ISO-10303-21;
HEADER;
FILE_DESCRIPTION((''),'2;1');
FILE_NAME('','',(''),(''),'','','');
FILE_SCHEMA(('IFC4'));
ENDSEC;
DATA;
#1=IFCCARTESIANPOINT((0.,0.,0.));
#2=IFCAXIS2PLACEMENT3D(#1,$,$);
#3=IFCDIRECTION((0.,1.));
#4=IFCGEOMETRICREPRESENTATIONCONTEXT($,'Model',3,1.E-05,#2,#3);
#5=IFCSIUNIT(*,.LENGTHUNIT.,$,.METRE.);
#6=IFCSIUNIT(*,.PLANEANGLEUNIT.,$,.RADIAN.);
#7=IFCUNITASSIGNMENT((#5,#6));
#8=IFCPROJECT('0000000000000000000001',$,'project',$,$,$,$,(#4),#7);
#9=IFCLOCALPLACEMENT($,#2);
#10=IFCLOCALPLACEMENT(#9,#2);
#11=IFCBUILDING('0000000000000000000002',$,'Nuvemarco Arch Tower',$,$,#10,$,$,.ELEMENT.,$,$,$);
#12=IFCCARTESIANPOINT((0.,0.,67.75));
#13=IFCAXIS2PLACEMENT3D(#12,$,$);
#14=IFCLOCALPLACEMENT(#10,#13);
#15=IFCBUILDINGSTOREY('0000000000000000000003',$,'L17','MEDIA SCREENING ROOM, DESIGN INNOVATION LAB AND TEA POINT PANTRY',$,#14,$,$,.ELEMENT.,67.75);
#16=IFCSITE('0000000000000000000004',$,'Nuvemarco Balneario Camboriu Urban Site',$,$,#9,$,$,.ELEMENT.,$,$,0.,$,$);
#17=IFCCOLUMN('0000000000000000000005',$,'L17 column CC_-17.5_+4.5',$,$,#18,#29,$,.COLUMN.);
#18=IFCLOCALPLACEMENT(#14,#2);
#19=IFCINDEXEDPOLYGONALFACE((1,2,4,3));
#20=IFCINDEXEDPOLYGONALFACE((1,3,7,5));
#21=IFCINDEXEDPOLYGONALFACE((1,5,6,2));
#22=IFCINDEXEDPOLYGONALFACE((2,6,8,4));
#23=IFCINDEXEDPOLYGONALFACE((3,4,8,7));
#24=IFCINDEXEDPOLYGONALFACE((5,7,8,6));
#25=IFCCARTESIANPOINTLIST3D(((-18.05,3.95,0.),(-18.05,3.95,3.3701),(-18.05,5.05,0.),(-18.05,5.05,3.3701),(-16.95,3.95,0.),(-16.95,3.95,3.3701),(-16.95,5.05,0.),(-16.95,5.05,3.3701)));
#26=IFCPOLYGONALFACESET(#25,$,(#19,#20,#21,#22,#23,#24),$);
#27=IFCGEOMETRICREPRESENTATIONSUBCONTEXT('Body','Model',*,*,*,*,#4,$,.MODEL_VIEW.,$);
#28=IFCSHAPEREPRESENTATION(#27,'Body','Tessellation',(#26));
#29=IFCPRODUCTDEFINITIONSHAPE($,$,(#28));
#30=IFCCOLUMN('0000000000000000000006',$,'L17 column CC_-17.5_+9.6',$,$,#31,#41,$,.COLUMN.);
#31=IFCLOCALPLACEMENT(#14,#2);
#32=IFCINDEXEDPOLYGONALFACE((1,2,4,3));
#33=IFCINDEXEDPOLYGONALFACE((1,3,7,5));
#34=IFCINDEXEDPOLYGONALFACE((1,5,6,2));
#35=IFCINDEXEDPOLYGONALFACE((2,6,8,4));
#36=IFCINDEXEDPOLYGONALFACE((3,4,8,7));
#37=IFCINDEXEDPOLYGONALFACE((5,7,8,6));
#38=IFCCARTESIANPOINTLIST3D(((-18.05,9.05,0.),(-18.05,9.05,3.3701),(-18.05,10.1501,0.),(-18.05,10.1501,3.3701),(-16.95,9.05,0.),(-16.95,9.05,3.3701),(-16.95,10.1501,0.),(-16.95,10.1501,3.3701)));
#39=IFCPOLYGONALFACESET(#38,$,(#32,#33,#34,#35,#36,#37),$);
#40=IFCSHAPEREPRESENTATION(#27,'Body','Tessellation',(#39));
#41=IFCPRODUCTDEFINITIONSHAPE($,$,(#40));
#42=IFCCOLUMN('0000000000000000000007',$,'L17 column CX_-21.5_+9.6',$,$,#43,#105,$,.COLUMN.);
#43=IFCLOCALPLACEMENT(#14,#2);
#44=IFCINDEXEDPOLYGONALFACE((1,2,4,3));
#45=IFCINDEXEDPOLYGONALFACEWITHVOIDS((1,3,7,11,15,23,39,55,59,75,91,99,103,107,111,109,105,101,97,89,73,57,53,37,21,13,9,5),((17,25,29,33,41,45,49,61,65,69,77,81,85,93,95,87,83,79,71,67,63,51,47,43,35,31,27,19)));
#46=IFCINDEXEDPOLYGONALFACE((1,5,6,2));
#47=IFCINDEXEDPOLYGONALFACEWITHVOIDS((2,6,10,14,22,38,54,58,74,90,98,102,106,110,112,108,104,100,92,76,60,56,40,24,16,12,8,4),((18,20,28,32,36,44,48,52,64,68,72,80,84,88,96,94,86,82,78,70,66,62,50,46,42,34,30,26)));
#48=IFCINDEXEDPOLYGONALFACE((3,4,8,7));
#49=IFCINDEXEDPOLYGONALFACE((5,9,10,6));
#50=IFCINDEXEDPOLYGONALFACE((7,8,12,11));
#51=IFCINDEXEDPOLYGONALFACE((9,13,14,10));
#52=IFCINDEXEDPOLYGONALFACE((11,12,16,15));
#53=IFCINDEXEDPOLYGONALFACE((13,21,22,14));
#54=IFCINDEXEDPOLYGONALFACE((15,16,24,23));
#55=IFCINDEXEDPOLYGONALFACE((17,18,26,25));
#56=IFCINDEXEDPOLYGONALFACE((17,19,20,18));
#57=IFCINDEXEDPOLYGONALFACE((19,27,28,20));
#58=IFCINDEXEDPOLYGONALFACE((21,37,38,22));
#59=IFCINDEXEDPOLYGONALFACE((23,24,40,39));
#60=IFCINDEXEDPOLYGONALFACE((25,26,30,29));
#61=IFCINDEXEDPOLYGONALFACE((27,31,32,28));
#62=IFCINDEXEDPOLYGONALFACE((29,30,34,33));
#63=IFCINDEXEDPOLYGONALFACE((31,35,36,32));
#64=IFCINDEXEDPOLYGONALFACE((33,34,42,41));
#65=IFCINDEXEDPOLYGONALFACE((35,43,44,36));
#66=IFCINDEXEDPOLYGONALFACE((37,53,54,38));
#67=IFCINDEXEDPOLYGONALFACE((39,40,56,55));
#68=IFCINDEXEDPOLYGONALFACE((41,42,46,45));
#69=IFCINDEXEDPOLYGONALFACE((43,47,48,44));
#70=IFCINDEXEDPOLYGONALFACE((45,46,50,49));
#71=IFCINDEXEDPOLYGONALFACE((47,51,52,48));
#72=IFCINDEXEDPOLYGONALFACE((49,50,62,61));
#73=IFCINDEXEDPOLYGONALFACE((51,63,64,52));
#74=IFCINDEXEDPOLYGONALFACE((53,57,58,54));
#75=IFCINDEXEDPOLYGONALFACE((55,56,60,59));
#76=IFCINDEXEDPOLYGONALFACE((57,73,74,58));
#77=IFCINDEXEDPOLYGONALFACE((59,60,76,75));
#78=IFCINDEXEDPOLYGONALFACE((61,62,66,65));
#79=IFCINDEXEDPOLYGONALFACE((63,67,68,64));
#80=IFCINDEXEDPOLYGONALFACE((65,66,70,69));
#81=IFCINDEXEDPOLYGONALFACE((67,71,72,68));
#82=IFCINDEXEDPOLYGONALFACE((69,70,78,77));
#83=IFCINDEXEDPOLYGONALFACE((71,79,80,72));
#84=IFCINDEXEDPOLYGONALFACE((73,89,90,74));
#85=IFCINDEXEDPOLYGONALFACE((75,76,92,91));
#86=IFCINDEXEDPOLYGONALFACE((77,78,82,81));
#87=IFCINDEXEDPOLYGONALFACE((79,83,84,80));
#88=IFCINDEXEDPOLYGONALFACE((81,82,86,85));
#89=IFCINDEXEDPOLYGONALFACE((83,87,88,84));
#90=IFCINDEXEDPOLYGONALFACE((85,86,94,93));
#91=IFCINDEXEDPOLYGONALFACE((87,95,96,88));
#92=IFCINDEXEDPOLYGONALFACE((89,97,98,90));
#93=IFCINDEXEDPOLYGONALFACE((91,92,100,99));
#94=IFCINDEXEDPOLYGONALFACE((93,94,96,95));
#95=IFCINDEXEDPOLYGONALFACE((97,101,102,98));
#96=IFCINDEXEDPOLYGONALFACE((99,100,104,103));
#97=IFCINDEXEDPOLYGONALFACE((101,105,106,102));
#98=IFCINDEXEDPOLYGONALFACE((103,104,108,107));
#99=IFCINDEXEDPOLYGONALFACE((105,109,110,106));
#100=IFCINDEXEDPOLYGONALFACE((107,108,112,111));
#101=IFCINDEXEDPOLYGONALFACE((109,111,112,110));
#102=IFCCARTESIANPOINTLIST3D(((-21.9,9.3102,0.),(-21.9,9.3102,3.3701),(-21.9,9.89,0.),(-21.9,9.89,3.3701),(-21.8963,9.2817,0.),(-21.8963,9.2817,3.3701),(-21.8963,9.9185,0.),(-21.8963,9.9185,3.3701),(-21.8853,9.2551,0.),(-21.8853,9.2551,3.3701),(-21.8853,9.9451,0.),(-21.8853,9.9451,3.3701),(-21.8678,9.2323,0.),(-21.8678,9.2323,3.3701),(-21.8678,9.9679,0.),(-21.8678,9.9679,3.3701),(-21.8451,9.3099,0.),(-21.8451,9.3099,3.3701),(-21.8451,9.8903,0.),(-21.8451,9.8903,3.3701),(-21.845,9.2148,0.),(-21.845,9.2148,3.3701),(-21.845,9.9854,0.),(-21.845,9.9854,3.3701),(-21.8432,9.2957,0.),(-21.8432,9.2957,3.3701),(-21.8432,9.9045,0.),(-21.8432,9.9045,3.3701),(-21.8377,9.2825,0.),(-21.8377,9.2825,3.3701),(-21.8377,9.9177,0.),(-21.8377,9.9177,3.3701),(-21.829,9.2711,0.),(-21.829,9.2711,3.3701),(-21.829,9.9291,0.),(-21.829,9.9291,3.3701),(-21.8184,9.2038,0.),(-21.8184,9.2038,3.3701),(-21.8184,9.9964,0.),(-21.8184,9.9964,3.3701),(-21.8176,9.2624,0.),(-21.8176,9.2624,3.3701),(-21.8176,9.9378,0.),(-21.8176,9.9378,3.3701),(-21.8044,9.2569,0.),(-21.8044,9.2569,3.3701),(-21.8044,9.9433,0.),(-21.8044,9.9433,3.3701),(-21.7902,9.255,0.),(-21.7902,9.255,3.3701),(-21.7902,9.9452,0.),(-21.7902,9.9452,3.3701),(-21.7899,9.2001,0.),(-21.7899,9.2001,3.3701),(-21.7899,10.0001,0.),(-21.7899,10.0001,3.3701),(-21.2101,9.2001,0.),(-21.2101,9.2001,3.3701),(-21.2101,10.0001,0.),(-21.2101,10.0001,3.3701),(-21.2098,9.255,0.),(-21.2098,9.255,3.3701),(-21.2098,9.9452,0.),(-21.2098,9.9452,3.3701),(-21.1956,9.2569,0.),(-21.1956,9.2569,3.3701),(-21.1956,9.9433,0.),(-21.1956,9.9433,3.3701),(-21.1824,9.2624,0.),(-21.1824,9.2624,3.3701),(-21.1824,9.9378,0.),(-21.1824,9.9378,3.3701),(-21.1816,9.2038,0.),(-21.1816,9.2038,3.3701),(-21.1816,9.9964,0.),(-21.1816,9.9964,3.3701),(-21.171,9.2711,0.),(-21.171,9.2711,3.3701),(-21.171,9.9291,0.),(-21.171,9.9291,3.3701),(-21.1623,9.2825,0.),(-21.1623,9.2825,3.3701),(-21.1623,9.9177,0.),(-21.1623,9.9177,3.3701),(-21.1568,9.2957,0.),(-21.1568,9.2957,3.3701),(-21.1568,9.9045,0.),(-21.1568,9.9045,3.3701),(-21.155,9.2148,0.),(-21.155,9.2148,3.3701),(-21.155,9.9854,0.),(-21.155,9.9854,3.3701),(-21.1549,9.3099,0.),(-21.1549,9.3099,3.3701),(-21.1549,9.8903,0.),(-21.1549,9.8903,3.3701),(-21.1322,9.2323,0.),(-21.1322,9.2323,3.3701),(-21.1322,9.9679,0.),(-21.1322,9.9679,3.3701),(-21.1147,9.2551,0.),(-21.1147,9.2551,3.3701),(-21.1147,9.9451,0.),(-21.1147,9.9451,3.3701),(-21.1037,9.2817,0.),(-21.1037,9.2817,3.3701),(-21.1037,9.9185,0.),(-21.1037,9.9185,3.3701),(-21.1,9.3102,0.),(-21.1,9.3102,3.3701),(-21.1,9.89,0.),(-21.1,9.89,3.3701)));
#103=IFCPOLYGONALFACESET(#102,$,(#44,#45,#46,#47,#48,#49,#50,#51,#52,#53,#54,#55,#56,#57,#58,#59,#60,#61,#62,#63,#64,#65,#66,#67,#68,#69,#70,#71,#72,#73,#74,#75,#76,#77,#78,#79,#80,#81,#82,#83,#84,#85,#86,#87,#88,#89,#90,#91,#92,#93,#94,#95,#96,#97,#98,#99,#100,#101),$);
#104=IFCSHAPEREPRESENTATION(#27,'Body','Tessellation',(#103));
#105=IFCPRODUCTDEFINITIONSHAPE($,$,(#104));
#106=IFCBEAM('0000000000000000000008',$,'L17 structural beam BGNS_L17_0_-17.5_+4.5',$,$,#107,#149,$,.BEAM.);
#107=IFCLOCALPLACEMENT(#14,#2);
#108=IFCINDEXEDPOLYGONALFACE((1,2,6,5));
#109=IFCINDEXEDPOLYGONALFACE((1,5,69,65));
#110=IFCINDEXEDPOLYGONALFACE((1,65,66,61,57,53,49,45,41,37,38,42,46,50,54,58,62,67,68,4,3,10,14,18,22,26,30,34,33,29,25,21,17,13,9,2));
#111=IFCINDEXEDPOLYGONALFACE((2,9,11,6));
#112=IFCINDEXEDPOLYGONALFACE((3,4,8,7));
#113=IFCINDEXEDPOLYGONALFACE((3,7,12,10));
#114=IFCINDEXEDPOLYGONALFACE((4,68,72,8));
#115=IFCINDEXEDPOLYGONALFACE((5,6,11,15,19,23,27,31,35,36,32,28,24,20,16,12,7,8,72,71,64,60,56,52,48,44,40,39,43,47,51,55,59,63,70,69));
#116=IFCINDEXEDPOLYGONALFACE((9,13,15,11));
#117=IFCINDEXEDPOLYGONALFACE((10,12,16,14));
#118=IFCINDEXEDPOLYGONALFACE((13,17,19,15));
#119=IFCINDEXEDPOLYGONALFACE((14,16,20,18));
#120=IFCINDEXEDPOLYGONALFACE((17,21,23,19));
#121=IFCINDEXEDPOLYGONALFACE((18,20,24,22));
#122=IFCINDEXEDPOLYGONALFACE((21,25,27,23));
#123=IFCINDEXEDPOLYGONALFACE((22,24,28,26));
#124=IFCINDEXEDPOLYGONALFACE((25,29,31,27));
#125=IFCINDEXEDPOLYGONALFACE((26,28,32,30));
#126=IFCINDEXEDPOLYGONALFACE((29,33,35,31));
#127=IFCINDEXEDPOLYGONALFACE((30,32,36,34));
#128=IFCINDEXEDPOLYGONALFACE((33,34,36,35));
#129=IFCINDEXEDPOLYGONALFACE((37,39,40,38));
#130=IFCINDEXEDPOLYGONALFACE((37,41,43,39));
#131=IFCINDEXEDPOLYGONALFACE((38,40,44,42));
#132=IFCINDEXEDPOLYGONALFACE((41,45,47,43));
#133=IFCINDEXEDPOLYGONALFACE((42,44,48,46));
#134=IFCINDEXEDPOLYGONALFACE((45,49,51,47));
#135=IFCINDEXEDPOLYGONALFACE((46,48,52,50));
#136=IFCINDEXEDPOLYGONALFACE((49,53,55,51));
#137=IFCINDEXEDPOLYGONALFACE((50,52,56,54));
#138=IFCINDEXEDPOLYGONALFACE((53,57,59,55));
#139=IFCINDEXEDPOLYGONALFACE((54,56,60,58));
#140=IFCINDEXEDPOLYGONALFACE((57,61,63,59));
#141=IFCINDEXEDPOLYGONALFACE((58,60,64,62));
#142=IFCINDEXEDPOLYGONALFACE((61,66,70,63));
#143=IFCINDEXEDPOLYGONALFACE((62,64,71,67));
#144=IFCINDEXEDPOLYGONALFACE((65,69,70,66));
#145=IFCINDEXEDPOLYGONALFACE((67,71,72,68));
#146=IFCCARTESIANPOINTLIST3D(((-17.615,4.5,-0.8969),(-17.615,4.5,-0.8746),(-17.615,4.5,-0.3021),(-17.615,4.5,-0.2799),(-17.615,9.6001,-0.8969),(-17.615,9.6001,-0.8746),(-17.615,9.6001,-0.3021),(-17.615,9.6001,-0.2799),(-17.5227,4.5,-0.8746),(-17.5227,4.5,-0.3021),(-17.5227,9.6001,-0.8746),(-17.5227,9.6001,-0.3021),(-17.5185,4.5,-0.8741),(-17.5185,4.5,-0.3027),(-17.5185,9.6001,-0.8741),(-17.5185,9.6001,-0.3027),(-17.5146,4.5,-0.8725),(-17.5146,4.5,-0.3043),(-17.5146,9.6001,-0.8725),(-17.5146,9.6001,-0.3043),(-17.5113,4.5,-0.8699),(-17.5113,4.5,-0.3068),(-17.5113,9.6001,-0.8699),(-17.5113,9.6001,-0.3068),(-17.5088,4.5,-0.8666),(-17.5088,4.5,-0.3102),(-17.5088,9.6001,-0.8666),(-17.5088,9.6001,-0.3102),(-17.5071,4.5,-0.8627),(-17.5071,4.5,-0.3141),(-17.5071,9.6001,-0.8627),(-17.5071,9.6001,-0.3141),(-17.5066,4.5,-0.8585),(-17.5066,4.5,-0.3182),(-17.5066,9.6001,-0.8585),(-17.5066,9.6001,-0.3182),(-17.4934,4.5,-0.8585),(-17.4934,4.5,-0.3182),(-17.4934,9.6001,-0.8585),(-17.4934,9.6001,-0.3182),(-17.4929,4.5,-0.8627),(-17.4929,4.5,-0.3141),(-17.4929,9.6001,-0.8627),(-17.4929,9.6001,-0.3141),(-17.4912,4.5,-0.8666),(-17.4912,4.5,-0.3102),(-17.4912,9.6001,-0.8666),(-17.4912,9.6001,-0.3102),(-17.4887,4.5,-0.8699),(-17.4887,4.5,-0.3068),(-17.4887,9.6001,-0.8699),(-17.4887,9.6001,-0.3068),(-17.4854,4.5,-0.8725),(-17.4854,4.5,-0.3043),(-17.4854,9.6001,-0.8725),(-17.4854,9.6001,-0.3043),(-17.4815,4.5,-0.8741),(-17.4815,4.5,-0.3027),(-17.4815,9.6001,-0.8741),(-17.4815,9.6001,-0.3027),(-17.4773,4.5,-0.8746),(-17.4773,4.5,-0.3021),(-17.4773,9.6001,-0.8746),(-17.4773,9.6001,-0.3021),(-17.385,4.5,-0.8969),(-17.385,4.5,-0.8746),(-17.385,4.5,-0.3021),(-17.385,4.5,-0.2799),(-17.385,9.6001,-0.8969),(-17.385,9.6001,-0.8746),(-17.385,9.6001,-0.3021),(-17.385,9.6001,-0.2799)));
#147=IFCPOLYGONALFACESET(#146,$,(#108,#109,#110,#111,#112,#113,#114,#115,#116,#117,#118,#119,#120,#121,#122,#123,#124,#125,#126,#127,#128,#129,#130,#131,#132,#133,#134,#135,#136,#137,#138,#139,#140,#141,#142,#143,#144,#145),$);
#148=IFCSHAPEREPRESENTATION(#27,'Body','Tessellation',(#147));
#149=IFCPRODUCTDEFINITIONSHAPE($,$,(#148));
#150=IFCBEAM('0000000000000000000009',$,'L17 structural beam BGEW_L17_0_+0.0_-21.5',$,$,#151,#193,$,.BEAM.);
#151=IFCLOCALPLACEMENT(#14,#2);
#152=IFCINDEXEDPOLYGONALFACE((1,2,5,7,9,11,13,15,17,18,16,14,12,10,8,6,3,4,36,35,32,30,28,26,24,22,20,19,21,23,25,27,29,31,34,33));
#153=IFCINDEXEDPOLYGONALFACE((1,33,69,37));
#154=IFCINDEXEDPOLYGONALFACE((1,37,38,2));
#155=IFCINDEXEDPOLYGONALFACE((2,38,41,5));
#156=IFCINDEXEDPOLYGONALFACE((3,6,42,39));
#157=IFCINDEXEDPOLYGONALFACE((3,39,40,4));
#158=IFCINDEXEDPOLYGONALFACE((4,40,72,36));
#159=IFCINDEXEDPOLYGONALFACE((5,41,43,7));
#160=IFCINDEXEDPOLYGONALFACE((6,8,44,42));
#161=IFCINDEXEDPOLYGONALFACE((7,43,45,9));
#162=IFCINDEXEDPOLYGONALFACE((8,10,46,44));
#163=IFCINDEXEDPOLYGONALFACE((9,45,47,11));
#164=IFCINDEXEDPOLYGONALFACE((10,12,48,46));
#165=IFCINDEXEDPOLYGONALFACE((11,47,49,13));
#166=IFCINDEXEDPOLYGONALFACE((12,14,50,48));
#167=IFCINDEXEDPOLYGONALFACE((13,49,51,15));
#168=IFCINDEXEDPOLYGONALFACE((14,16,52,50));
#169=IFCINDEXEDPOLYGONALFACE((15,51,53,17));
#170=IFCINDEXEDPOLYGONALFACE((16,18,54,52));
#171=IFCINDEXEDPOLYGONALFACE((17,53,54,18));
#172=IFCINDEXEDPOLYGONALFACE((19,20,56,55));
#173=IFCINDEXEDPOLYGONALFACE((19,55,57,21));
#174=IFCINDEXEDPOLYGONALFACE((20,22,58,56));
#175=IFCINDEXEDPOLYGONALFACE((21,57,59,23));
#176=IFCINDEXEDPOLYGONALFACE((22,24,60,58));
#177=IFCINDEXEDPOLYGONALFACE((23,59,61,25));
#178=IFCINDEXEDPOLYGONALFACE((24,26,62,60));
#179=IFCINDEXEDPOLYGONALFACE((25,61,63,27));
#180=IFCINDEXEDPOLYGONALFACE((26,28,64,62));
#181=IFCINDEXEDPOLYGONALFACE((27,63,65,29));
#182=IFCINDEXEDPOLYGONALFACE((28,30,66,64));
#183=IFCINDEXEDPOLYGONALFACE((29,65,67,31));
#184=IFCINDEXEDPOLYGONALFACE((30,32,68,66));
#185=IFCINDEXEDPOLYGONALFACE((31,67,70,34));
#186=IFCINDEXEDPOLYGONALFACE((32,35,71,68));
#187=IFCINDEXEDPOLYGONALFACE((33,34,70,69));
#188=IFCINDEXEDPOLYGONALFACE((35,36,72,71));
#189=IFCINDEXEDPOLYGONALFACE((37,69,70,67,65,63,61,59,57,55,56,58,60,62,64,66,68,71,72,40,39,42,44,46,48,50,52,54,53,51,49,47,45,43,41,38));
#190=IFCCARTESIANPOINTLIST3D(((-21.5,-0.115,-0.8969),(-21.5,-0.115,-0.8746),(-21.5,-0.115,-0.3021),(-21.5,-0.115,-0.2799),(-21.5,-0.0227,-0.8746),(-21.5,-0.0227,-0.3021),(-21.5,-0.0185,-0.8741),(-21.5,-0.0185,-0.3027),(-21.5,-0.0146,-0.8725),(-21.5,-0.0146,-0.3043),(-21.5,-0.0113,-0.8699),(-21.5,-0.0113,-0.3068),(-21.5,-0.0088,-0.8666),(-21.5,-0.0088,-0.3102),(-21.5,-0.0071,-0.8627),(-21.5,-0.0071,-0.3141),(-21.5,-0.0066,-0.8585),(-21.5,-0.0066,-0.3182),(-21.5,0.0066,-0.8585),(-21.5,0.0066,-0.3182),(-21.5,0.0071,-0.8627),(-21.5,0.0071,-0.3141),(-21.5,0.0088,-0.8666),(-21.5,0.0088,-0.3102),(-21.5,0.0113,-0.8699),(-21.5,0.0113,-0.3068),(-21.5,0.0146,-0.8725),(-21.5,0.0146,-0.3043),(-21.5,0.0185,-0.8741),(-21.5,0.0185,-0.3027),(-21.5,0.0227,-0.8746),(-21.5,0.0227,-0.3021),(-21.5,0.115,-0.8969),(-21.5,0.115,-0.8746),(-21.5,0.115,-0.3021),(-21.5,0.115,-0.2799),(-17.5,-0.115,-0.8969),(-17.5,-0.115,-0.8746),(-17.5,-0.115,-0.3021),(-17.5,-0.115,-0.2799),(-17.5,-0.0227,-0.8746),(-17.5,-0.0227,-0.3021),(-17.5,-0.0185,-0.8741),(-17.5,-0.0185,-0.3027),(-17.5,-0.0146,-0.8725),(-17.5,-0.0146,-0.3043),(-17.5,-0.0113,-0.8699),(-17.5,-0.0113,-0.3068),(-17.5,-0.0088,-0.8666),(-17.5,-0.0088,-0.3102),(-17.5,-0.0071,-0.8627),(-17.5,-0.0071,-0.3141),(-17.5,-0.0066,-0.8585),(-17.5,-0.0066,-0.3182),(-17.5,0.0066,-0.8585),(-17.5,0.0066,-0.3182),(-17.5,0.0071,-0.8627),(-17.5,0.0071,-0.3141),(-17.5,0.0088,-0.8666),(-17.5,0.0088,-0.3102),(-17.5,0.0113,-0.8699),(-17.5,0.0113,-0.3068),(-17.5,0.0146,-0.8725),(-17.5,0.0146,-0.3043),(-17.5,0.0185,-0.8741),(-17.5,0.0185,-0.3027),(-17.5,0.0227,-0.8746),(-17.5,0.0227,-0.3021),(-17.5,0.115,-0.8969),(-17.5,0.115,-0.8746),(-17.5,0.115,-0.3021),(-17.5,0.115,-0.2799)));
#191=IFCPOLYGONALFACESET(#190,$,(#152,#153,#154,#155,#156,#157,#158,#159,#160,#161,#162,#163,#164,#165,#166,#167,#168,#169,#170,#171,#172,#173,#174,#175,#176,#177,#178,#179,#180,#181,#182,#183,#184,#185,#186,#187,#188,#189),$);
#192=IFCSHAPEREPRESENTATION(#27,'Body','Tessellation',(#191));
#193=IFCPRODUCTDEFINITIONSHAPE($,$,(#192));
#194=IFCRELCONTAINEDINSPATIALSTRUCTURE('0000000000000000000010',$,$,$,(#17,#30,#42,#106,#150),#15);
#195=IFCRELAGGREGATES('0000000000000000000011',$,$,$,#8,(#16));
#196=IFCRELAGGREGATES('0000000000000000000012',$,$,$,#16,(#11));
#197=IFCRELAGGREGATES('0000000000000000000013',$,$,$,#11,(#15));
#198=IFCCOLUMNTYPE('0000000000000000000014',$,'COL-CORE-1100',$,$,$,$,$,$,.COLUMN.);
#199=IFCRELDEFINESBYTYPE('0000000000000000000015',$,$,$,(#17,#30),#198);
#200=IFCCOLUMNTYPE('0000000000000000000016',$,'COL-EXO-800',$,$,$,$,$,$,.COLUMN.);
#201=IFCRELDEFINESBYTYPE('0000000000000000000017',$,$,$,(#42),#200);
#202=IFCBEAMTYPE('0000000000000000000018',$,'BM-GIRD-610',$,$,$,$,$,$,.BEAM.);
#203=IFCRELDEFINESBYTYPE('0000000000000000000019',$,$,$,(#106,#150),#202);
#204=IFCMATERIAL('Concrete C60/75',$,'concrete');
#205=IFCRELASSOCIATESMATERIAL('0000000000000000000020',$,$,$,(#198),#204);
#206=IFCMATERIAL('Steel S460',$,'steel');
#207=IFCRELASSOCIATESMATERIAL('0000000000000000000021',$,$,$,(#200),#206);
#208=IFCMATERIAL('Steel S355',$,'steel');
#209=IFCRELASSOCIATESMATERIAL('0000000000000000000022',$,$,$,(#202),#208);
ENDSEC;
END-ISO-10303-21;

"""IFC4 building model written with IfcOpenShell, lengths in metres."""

from ifc_helpers import new_model, si_unit, direction, frame, origin, origin_2d, place, context, subcontext, project, spatial, rectangle, hollow_rectangle, i_section, extrude, material, material_profile, profile_set, type_object, element, save


model = new_model("IFC4")

# Units and contexts
model_context = context("Model", 3, precision=1e-05, world=origin(), true_north=direction((0.0, 1.0)))
body_context = subcontext(model_context, "Body", "Model", "MODEL_VIEW")
ifc_project = project(units=[si_unit("LENGTHUNIT", "METRE"), si_unit("PLANEANGLEUNIT", "RADIAN")], contexts=[model_context])

# Site, building, storey
site_placement = place(None, origin())
site = spatial("IfcSite", under=ifc_project, at=site_placement, Name="Nuvemarco Balneario Camboriu Urban Site", CompositionType="ELEMENT", RefElevation=0.0)
building_placement = place(site_placement, origin())
building = spatial("IfcBuilding", under=site, at=building_placement, Name="Nuvemarco Arch Tower", CompositionType="ELEMENT")
storey_placement = place(building_placement, frame((0.0, 0.0, 67.75)))
storey = spatial("IfcBuildingStorey", under=building, at=storey_placement, Name="L17", Description="MEDIA SCREENING ROOM, DESIGN INNOVATION LAB AND TEA POINT PANTRY", CompositionType="ELEMENT", Elevation=67.75)

# Columns
ifc_material_1 = material(Name="Concrete C60/75", Category="concrete")
ifc_material_profile_1 = material_profile(ifc_material_1, rectangle(XDim=1.1001, YDim=1.1001, at=origin_2d()), Name="RC-COL-1100x1100")
ifc_profile_set_1 = profile_set([ifc_material_profile_1], Name="Concrete C60/75")
column_type_1 = type_object("IfcColumnType", Name="COL-CORE-1100", PredefinedType="COLUMN", material=ifc_profile_set_1)
for number, where, z_axis, x_axis, name in (
    (1, (-17.5, 4.5, 0.0), (0.0, 0.0, 1.0), (1.0, 0.0, 0.0), "L17 column CC_-17.5_+4.5"),
    (2, (-17.5, 9.6001, 0.0), (0.0, 0.0, 1.0), (1.0, 0.0, 0.0), "L17 column CC_-17.5_+9.6"),
):
    element("IfcColumn", number, at=place(storey_placement, frame(where, z_axis=z_axis, x_axis=x_axis)), inside=storey, type_object=column_type_1, Name=name, PredefinedType="COLUMN", context=body_context, shape_type="SweptSolid", body=[
        extrude(rectangle(XDim=1.1001, YDim=1.1001, at=origin_2d()), origin(), (0.0, 0.0, 1.0), 3.3701),
    ])
ifc_material_2 = material(Name="Steel S460", Category="steel")
ifc_material_profile_2 = material_profile(ifc_material_2, hollow_rectangle(XDim=0.8, YDim=0.8, WallThickness=0.0549, InnerFilletRadius=0.0549, OuterFilletRadius=0.1101, at=origin_2d()), Name="SHS800x800x55")
ifc_profile_set_2 = profile_set([ifc_material_profile_2], Name="Steel S460")
column_type_2 = type_object("IfcColumnType", Name="COL-EXO-800", PredefinedType="COLUMN", material=ifc_profile_set_2)
column_placement = place(storey_placement, frame((-21.5, 9.6001, 0.0), z_axis=(0.0, 0.0, 1.0), x_axis=(1.0, 0.0, 0.0)))
element("IfcColumn", 3, at=column_placement, inside=storey, type_object=column_type_2, Name="L17 column CX_-21.5_+9.6", PredefinedType="COLUMN", context=body_context, shape_type="SweptSolid", body=[
    extrude(hollow_rectangle(XDim=0.8, YDim=0.8, WallThickness=0.0549, InnerFilletRadius=0.0549, OuterFilletRadius=0.1101, at=origin_2d()), origin(), (0.0, 0.0, 1.0), 3.3701),
])

# Beams
ifc_material_3 = material(Name="Steel S355", Category="steel")
ifc_material_profile_3 = material_profile(ifc_material_3, i_section(OverallWidth=0.23, OverallDepth=0.6169, WebThickness=0.0132, FlangeThickness=0.0222, FilletRadius=0.0161, at=origin_2d()), Name="W610x140")
ifc_profile_set_3 = profile_set([ifc_material_profile_3], Name="Steel S355")
beam_type_1 = type_object("IfcBeamType", Name="BM-GIRD-610", PredefinedType="BEAM", material=ifc_profile_set_3)
beam_1_placement = place(storey_placement, frame((-17.5, 4.5, -0.5884), z_axis=(0.0, 1.0, 0.0), x_axis=(-1.0, 0.0, 0.0)))
element("IfcBeam", 4, at=beam_1_placement, inside=storey, type_object=beam_type_1, Name="L17 structural beam BGNS_L17_0_-17.5_+4.5", PredefinedType="BEAM", context=body_context, shape_type="SweptSolid", body=[
    extrude(i_section(OverallWidth=0.23, OverallDepth=0.6169, WebThickness=0.0132, FlangeThickness=0.0222, FilletRadius=0.0161, at=origin_2d()), origin(), (0.0, 0.0, 1.0), 5.1001),
])
for number, where, z_axis, x_axis, name in (
    (5, (-21.5, 0.0, -0.5884), (1.0, 0.0, 0.0), (0.0, 1.0, 0.0), "L17 structural beam BGEW_L17_0_+0.0_-21.5"),
):
    element("IfcBeam", number, at=place(storey_placement, frame(where, z_axis=z_axis, x_axis=x_axis)), inside=storey, type_object=beam_type_1, Name=name, PredefinedType="BEAM", context=body_context, shape_type="SweptSolid", body=[
        extrude(i_section(OverallWidth=0.23, OverallDepth=0.6169, WebThickness=0.0132, FlangeThickness=0.0222, FilletRadius=0.0161, at=origin_2d()), origin(), (0.0, 0.0, 1.0), 4.0),
    ])

save(model, "model.ifc")
